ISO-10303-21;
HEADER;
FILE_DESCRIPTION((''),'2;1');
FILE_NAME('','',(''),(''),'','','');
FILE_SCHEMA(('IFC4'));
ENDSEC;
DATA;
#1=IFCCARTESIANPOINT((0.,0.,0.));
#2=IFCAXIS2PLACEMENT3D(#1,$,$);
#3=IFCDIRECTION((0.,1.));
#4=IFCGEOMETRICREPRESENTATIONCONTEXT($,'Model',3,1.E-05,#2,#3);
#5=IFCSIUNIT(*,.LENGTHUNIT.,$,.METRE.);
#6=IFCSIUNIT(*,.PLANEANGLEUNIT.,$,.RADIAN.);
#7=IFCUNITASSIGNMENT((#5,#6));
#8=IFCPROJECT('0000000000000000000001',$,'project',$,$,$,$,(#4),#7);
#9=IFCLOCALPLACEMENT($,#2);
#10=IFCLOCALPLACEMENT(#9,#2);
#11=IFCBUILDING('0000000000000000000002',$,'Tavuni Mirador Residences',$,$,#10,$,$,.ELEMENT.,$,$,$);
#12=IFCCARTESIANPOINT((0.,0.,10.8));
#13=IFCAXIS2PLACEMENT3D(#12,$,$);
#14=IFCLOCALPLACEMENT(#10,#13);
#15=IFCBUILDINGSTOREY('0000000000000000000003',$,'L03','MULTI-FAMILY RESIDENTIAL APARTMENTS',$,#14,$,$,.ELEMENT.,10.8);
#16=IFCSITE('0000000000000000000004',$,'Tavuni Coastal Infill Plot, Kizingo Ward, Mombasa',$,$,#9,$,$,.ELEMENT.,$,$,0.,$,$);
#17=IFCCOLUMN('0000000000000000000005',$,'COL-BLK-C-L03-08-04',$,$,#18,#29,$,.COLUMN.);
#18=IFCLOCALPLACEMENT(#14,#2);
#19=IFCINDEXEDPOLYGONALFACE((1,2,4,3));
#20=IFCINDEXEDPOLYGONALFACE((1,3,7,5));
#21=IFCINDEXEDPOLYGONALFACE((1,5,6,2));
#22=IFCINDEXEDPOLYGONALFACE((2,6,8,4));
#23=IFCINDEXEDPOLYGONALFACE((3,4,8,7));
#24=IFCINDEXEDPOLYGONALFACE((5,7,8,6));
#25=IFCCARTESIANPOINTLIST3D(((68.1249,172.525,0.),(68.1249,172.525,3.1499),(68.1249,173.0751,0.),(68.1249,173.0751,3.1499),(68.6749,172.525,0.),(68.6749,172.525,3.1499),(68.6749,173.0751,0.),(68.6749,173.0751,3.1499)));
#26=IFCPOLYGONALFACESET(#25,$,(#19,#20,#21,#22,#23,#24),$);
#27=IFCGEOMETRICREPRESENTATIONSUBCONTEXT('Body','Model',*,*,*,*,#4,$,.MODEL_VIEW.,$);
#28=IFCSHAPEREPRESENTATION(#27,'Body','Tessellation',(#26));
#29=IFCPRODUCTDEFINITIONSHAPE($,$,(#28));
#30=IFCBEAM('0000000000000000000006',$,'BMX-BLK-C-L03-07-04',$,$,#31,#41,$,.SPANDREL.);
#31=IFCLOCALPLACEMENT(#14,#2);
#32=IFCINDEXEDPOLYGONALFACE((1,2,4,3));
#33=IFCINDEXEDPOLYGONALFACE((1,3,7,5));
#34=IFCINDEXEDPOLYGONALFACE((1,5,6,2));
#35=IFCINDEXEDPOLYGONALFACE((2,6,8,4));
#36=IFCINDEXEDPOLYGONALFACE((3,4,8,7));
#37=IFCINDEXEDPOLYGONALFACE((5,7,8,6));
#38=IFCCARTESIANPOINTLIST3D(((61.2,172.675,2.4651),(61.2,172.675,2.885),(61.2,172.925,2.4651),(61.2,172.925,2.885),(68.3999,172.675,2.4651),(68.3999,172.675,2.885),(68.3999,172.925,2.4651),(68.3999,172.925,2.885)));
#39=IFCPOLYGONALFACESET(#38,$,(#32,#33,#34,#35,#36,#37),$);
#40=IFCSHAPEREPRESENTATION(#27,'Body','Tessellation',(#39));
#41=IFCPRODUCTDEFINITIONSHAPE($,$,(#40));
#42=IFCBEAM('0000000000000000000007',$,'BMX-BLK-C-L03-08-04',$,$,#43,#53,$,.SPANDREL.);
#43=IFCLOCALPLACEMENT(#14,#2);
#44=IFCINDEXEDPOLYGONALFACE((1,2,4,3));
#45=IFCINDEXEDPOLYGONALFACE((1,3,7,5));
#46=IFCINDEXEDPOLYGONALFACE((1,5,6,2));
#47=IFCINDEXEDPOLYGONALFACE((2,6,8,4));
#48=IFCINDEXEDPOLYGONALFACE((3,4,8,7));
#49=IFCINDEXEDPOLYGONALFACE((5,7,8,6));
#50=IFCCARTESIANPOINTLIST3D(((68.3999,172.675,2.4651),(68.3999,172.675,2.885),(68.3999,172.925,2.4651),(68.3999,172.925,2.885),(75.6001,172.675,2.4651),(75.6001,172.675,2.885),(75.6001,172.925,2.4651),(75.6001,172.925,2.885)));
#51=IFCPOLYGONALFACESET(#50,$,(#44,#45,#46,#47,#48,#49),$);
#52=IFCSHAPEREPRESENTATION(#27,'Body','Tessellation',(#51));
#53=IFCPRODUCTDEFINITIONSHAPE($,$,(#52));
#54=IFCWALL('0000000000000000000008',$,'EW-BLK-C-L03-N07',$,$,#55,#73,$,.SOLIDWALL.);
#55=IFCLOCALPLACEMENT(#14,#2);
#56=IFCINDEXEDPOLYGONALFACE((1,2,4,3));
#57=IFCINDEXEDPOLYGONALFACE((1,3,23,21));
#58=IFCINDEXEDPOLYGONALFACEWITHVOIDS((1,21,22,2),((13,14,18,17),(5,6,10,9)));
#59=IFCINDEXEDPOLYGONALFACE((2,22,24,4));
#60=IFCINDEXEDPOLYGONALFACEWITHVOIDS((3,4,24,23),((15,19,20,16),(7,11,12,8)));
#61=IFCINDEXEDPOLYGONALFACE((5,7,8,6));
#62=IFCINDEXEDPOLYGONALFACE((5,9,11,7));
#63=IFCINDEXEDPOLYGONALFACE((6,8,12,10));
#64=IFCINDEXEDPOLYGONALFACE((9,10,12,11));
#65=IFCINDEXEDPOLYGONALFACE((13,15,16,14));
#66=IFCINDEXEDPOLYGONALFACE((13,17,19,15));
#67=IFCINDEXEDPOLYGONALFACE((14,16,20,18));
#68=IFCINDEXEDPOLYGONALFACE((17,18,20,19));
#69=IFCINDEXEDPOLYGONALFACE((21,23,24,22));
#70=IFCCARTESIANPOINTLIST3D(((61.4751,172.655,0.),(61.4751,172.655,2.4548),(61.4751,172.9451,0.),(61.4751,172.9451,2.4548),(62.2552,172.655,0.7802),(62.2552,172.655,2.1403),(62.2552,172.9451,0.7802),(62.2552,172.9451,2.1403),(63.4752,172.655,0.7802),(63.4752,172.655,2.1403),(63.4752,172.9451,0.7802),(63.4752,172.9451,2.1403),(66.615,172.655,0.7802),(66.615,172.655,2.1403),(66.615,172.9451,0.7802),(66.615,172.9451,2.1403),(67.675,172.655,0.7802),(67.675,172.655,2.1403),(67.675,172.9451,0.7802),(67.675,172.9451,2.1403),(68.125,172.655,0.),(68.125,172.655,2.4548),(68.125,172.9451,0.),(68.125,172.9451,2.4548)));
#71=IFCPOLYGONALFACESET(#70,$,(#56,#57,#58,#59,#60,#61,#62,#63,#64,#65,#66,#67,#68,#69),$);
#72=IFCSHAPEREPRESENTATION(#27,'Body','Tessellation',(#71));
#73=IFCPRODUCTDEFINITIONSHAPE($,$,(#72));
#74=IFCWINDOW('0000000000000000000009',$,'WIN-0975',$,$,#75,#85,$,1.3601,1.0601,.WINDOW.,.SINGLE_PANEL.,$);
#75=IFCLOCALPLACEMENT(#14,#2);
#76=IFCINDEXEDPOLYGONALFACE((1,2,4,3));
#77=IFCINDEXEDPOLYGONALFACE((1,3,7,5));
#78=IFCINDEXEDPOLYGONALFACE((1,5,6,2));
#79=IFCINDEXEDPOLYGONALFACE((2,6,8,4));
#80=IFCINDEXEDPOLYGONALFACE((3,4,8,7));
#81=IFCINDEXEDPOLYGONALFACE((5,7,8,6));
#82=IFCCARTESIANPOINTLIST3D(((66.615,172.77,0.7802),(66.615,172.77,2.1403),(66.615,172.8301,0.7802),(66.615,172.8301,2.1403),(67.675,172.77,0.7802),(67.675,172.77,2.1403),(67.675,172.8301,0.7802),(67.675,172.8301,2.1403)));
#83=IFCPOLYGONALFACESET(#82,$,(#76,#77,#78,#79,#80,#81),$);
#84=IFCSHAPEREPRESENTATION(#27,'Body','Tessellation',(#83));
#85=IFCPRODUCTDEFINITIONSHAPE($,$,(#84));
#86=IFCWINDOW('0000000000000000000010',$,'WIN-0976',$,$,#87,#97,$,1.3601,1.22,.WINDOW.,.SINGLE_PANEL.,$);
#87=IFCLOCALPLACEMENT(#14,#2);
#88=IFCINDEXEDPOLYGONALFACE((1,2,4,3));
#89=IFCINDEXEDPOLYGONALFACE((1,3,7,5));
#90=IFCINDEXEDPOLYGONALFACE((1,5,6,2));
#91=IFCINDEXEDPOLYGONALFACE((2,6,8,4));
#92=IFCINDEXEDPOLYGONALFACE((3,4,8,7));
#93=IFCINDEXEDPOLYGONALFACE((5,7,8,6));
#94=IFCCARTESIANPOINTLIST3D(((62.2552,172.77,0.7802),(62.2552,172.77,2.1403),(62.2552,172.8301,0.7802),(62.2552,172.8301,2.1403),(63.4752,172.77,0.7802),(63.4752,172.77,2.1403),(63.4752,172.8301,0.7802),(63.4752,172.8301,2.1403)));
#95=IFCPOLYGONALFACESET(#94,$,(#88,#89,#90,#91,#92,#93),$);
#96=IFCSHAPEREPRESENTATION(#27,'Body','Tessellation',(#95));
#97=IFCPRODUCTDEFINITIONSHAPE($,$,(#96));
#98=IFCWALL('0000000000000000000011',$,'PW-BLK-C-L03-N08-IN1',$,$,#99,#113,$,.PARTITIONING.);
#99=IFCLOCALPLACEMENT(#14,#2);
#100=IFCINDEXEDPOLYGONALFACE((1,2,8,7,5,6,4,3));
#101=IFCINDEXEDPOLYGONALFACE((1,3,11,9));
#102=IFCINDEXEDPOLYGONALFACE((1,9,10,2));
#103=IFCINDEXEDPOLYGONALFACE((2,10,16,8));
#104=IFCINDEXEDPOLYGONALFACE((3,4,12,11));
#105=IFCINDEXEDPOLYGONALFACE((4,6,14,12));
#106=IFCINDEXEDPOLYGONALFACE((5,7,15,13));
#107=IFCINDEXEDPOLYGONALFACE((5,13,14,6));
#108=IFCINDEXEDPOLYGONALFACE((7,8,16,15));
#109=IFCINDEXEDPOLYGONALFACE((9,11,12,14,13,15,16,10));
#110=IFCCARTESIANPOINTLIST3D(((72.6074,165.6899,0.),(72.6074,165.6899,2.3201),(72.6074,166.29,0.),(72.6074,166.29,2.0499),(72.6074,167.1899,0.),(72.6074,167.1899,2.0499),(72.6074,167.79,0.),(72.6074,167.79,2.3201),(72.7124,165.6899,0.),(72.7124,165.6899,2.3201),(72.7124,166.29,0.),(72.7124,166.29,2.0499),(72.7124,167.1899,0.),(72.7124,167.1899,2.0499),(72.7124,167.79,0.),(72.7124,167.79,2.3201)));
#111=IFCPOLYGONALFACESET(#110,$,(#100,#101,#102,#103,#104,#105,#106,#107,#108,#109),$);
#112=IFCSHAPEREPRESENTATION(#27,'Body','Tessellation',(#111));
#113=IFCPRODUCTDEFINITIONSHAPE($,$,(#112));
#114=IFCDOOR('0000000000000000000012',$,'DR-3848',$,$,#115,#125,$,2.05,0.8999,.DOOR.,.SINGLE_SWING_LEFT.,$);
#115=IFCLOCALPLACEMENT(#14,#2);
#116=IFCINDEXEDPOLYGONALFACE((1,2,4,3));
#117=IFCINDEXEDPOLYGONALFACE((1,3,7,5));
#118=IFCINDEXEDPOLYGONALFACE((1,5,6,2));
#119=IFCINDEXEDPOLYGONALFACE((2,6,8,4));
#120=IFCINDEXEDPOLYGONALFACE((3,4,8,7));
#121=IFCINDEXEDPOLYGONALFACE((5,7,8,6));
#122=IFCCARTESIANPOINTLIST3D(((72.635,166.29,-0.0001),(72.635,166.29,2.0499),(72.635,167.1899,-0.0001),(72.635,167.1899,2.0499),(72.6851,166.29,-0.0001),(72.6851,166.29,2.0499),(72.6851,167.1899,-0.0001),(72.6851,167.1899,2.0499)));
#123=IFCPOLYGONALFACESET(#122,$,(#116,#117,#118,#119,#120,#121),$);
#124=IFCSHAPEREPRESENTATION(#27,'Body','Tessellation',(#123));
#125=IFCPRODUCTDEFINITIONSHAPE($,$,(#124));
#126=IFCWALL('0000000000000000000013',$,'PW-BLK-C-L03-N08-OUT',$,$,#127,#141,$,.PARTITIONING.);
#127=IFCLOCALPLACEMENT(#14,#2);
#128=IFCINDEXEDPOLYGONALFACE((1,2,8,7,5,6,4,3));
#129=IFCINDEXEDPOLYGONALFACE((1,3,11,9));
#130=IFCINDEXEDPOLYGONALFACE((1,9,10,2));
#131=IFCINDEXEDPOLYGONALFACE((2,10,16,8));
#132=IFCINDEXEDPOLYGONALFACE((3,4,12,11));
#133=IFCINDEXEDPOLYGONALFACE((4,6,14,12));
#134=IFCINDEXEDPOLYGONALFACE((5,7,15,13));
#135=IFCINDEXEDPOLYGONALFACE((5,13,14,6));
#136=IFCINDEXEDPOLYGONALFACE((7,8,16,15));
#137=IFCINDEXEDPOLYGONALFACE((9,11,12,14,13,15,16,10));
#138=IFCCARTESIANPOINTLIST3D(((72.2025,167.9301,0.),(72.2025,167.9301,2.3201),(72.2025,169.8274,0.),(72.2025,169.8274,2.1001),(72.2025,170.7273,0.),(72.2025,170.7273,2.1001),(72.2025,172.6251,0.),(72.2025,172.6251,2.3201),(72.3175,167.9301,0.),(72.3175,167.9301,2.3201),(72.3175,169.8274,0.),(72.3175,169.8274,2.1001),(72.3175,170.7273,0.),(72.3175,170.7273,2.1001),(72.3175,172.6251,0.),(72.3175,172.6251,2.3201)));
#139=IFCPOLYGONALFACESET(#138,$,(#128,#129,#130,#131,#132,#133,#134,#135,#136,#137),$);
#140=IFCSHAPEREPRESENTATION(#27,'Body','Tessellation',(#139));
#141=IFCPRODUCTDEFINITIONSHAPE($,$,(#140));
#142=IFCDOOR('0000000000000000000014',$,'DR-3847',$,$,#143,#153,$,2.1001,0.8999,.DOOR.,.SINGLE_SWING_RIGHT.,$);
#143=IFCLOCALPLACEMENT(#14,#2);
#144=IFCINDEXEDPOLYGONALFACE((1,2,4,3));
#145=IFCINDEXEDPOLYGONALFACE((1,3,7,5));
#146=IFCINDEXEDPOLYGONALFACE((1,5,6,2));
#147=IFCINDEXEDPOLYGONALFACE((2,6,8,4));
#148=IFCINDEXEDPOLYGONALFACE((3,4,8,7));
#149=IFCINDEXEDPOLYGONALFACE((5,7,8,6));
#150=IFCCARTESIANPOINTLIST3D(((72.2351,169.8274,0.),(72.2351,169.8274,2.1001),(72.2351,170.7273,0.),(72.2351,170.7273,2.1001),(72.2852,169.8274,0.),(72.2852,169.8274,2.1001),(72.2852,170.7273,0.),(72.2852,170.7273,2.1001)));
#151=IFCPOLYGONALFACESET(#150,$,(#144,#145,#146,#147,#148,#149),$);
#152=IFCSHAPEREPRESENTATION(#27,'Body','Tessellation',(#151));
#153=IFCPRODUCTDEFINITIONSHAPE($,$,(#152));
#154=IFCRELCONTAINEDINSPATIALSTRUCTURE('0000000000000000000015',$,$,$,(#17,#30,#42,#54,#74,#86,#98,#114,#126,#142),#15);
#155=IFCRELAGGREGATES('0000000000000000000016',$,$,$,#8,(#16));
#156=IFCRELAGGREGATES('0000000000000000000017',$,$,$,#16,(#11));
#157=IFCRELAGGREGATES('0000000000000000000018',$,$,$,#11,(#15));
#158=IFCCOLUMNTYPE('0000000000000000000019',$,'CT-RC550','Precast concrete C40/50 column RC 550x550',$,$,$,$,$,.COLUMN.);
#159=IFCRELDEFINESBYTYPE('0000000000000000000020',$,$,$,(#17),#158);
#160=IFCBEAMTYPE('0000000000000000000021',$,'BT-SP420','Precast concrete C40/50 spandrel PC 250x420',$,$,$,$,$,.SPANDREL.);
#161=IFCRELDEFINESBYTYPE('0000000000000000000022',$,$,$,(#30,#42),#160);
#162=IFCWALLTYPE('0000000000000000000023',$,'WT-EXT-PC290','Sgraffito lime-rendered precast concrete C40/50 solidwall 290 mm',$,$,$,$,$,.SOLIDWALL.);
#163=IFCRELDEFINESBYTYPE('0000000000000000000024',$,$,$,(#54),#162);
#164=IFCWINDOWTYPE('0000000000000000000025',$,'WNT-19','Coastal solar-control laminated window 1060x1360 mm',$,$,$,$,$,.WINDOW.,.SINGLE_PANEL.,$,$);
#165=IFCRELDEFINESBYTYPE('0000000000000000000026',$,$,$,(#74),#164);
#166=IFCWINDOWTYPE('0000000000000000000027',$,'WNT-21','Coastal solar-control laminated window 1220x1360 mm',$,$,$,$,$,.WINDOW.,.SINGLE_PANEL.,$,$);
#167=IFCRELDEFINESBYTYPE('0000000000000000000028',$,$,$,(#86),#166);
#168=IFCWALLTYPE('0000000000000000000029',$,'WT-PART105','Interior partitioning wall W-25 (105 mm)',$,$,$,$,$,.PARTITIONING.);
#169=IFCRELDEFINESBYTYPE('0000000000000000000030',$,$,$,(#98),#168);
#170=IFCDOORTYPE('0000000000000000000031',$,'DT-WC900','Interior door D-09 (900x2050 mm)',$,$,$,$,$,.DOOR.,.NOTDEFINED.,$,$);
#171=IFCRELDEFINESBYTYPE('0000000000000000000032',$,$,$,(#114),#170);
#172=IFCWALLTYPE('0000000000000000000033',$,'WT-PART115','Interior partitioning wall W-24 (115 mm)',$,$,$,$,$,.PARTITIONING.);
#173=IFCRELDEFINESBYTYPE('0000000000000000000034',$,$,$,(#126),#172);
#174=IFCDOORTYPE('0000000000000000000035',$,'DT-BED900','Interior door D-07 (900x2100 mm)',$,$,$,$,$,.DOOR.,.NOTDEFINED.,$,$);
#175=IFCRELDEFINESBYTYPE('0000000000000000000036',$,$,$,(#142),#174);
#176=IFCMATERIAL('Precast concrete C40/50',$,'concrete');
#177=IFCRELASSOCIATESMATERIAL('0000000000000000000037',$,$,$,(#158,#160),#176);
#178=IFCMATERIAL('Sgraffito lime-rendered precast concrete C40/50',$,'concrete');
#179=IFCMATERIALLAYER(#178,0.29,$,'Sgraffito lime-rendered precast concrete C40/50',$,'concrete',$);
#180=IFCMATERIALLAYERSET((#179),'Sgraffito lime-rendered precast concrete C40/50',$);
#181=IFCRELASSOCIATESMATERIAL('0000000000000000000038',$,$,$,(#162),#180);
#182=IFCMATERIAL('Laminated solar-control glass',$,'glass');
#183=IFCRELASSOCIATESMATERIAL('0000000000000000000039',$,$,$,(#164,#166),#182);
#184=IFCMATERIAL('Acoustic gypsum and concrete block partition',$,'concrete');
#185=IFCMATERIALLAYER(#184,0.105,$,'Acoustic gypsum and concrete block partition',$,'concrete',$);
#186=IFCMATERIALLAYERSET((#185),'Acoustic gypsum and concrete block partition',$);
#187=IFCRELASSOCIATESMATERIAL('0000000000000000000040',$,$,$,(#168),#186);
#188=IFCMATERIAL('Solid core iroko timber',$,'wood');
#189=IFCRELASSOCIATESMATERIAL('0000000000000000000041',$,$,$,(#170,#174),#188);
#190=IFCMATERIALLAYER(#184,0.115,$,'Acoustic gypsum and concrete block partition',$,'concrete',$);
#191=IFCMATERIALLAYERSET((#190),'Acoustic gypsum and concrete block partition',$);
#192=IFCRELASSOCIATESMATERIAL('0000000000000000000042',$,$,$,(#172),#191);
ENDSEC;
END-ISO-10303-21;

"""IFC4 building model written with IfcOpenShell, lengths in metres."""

from ifc_helpers import new_model, si_unit, direction, frame, frame_2d, origin, origin_2d, place, context, subcontext, project, spatial, rectangle, extrude, material, layer, layer_set, material_profile, profile_set, type_object, element, fill, save


model = new_model("IFC4")

# Units and contexts
model_context = context("Model", 3, precision=1e-05, world=origin(), true_north=direction((0.0, 1.0)))
body_context = subcontext(model_context, "Body", "Model", "MODEL_VIEW")
ifc_project = project(units=[si_unit("LENGTHUNIT", "METRE"), si_unit("PLANEANGLEUNIT", "RADIAN")], contexts=[model_context])

# Site, building, storey
site_placement = place(None, origin())
site = spatial("IfcSite", under=ifc_project, at=site_placement, Name="Tavuni Coastal Infill Plot, Kizingo Ward, Mombasa", CompositionType="ELEMENT", RefElevation=0.0)
building_placement = place(site_placement, origin())
building = spatial("IfcBuilding", under=site, at=building_placement, Name="Tavuni Mirador Residences", CompositionType="ELEMENT")
storey_placement = place(building_placement, frame((0.0, 0.0, 10.8)))
storey = spatial("IfcBuildingStorey", under=building, at=storey_placement, Name="L03", Description="MULTI-FAMILY RESIDENTIAL APARTMENTS", CompositionType="ELEMENT", Elevation=10.8)

# Column
ifc_material_1 = material(Name="Precast concrete C40/50", Category="concrete")
ifc_material_profile_1 = material_profile(ifc_material_1, rectangle(XDim=0.55, YDim=0.55, at=origin_2d()), Name="RC 550x550", Category="concrete")
ifc_profile_set_1 = profile_set([ifc_material_profile_1], Name="Precast concrete C40/50")
column_type = type_object("IfcColumnType", Name="CT-RC550", Description="Precast concrete C40/50 column RC 550x550", PredefinedType="COLUMN", material=ifc_profile_set_1)
column_placement = place(storey_placement, frame((68.3999, 172.8, 0.0), z_axis=(0.0, 0.0, 1.0), x_axis=(1.0, 0.0, 0.0)))
element("IfcColumn", 1, at=column_placement, inside=storey, type_object=column_type, Name="COL-BLK-C-L03-08-04", PredefinedType="COLUMN", context=body_context, shape_type="SweptSolid", body=[
    extrude(rectangle(XDim=0.55, YDim=0.55, at=origin_2d()), origin(), (0.0, 0.0, 1.0), 3.1499),
])

# Beams
ifc_material_profile_2 = material_profile(ifc_material_1, rectangle(XDim=0.25, YDim=0.4199, at=origin_2d()), Name="PC 250x420", Category="concrete")
ifc_profile_set_2 = profile_set([ifc_material_profile_2], Name="Precast concrete C40/50")
beam_type = type_object("IfcBeamType", Name="BT-SP420", Description="Precast concrete C40/50 spandrel PC 250x420", PredefinedType="SPANDREL", material=ifc_profile_set_2)
beam_1_placement = place(storey_placement, frame((61.2, 172.8, 2.675), z_axis=(1.0, 0.0, 0.0), x_axis=(0.0, 1.0, 0.0)))
element("IfcBeam", 2, at=beam_1_placement, inside=storey, type_object=beam_type, Name="BMX-BLK-C-L03-07-04", PredefinedType="SPANDREL", context=body_context, shape_type="SweptSolid", body=[
    extrude(rectangle(XDim=0.25, YDim=0.4199, at=origin_2d()), origin(), (0.0, 0.0, 1.0), 7.2),
])
beam_2_placement = place(storey_placement, frame((68.3999, 172.8, 2.675), z_axis=(1.0, 0.0, 0.0), x_axis=(0.0, 1.0, 0.0)))
element("IfcBeam", 3, at=beam_2_placement, inside=storey, type_object=beam_type, Name="BMX-BLK-C-L03-08-04", PredefinedType="SPANDREL", context=body_context, shape_type="SweptSolid", body=[
    extrude(rectangle(XDim=0.25, YDim=0.4199, at=origin_2d()), origin(), (0.0, 0.0, 1.0), 7.2002),
])

# Wall, openings, windows
ifc_material_2 = material(Name="Sgraffito lime-rendered precast concrete C40/50", Category="concrete")
ifc_layer_1 = layer(ifc_material_2, 0.29, Name="Sgraffito lime-rendered precast concrete C40/50", Category="concrete")
ifc_layer_set_1 = layer_set([ifc_layer_1], Name="Sgraffito lime-rendered precast concrete C40/50")
wall_type_1 = type_object("IfcWallType", Name="WT-EXT-PC290", Description="Sgraffito lime-rendered precast concrete C40/50 solidwall 290 mm", PredefinedType="SOLIDWALL", material=ifc_layer_set_1)
wall_1_placement = place(storey_placement, frame((68.125, 172.8, 0.0), z_axis=(0.0, 0.0, 1.0), x_axis=(-1.0, 0.0, 0.0)))
wall_1 = element("IfcWall", 4, at=wall_1_placement, inside=storey, type_object=wall_type_1, Name="EW-BLK-C-L03-N07", PredefinedType="SOLIDWALL", context=body_context, shape_type="SweptSolid", body=[
    extrude(rectangle(XDim=6.6499, YDim=0.29, at=frame_2d((3.325, 0.0))), origin(), (0.0, 0.0, 1.0), 2.4548),
])
opening_1_placement = place(wall_1_placement, frame((0.45, 0.0, 0.78)))
opening_1 = element("IfcOpeningElement", 5, at=opening_1_placement, cuts=wall_1, PredefinedType="OPENING", context=body_context, shape_type="SweptSolid", body=[
    extrude(rectangle(XDim=1.0601, YDim=1.3601, at=frame_2d((0.53, 0.6802))), frame((0.0, 0.155, 0.0), z_axis=(0.0, -1.0, 0.0), x_axis=(1.0, 0.0, 0.0)), (0.0, 0.0, 1.0), 0.3101),
])
opening_2_placement = place(wall_1_placement, frame((4.6499, 0.0, 0.78)))
opening_2 = element("IfcOpeningElement", 6, at=opening_2_placement, cuts=wall_1, PredefinedType="OPENING", context=body_context, shape_type="SweptSolid", body=[
    extrude(rectangle(XDim=1.22, YDim=1.3601, at=frame_2d((0.6099, 0.6802))), frame((0.0, 0.155, 0.0), z_axis=(0.0, -1.0, 0.0), x_axis=(1.0, 0.0, 0.0)), (0.0, 0.0, 1.0), 0.3101),
])
ifc_material_3 = material(Name="Laminated solar-control glass", Category="glass")
window_type_1 = type_object("IfcWindowType", Name="WNT-19", Description="Coastal solar-control laminated window 1060x1360 mm", PartitioningType="SINGLE_PANEL", PredefinedType="WINDOW", material=ifc_material_3)
window_1_placement = place(opening_1_placement, origin())
window_1 = element("IfcWindow", 7, at=window_1_placement, inside=storey, type_object=window_type_1, Name="WIN-0975", OverallHeight=1.3601, OverallWidth=1.0601, PartitioningType="SINGLE_PANEL", PredefinedType="WINDOW", context=body_context, shape_type="SweptSolid", body=[
    extrude(rectangle(XDim=1.0601, YDim=1.3601, at=frame_2d((0.53, 0.6802))), frame((0.0, 0.03, 0.0), z_axis=(0.0, -1.0, 0.0), x_axis=(1.0, 0.0, 0.0)), (0.0, 0.0, 1.0), 0.0601),
])
fill(opening_1, window_1)
window_type_2 = type_object("IfcWindowType", Name="WNT-21", Description="Coastal solar-control laminated window 1220x1360 mm", PartitioningType="SINGLE_PANEL", PredefinedType="WINDOW", material=ifc_material_3)
window_2_placement = place(opening_2_placement, origin())
window_2 = element("IfcWindow", 8, at=window_2_placement, inside=storey, type_object=window_type_2, Name="WIN-0976", OverallHeight=1.3601, OverallWidth=1.22, PartitioningType="SINGLE_PANEL", PredefinedType="WINDOW", context=body_context, shape_type="SweptSolid", body=[
    extrude(rectangle(XDim=1.22, YDim=1.3601, at=frame_2d((0.6099, 0.6802))), frame((0.0, 0.03, 0.0), z_axis=(0.0, -1.0, 0.0), x_axis=(1.0, 0.0, 0.0)), (0.0, 0.0, 1.0), 0.0601),
])
fill(opening_2, window_2)

# Walls, openings, doors
ifc_material_4 = material(Name="Acoustic gypsum and concrete block partition", Category="concrete")
ifc_layer_2 = layer(ifc_material_4, 0.105, Name="Acoustic gypsum and concrete block partition", Category="concrete")
ifc_layer_set_2 = layer_set([ifc_layer_2], Name="Acoustic gypsum and concrete block partition")
wall_type_2 = type_object("IfcWallType", Name="WT-PART105", Description="Interior partitioning wall W-25 (105 mm)", PredefinedType="PARTITIONING", material=ifc_layer_set_2)
wall_2_placement = place(storey_placement, frame((72.6599, 165.6899, 0.0), z_axis=(0.0, 0.0, 1.0), x_axis=(0.0, 1.0, 0.0)))
wall_2 = element("IfcWall", 9, at=wall_2_placement, inside=storey, type_object=wall_type_2, Name="PW-BLK-C-L03-N08-IN1", PredefinedType="PARTITIONING", context=body_context, shape_type="SweptSolid", body=[
    extrude(rectangle(XDim=2.1001, YDim=0.105, at=frame_2d((1.05, 0.0))), origin(), (0.0, 0.0, 1.0), 2.3201),
])
opening_3_placement = place(wall_2_placement, frame((0.6001, 0.0, 0.0)))
opening_3 = element("IfcOpeningElement", 10, at=opening_3_placement, cuts=wall_2, PredefinedType="OPENING", context=body_context, shape_type="SweptSolid", body=[
    extrude(rectangle(XDim=0.8999, YDim=2.05, at=frame_2d((0.45, 1.0249))), frame((0.0, 0.0625, 0.0), z_axis=(0.0, -1.0, 0.0), x_axis=(1.0, 0.0, 0.0)), (0.0, 0.0, 1.0), 0.125),
])
ifc_material_5 = material(Name="Solid core iroko timber", Category="wood")
door_type_1 = type_object("IfcDoorType", Name="DT-WC900", Description="Interior door D-09 (900x2050 mm)", OperationType="NOTDEFINED", PredefinedType="DOOR", material=ifc_material_5)
door_1_placement = place(opening_3_placement, origin())
door_1 = element("IfcDoor", 11, at=door_1_placement, inside=storey, type_object=door_type_1, Name="DR-3848", OperationType="SINGLE_SWING_LEFT", OverallHeight=2.05, OverallWidth=0.8999, PredefinedType="DOOR", context=body_context, shape_type="SweptSolid", body=[
    extrude(rectangle(XDim=0.8999, YDim=2.05, at=frame_2d((0.45, 1.0249))), frame((0.0, 0.0249, 0.0), z_axis=(0.0, -1.0, 0.0), x_axis=(1.0, 0.0, 0.0)), (0.0, 0.0, 1.0), 0.05),
])
fill(opening_3, door_1)
ifc_layer_3 = layer(ifc_material_4, 0.115, Name="Acoustic gypsum and concrete block partition", Category="concrete")
ifc_layer_set_3 = layer_set([ifc_layer_3], Name="Acoustic gypsum and concrete block partition")
wall_type_3 = type_object("IfcWallType", Name="WT-PART115", Description="Interior partitioning wall W-24 (115 mm)", PredefinedType="PARTITIONING", material=ifc_layer_set_3)
wall_3_placement = place(storey_placement, frame((72.26, 167.9299, 0.0), z_axis=(0.0, 0.0, 1.0), x_axis=(0.0, 1.0, 0.0)))
wall_3 = element("IfcWall", 12, at=wall_3_placement, inside=storey, type_object=wall_type_3, Name="PW-BLK-C-L03-N08-OUT", PredefinedType="PARTITIONING", context=body_context, shape_type="SweptSolid", body=[
    extrude(rectangle(XDim=4.6951, YDim=0.115, at=frame_2d((2.3477, 0.0))), origin(), (0.0, 0.0, 1.0), 2.3201),
])
opening_4_placement = place(wall_3_placement, frame((1.8975, 0.0, 0.0)))
opening_4 = element("IfcOpeningElement", 13, at=opening_4_placement, cuts=wall_3, PredefinedType="OPENING", context=body_context, shape_type="SweptSolid", body=[
    extrude(rectangle(XDim=0.8999, YDim=2.1001, at=frame_2d((0.45, 1.05))), frame((0.0, 0.0674, 0.0), z_axis=(0.0, -1.0, 0.0), x_axis=(1.0, 0.0, 0.0)), (0.0, 0.0, 1.0), 0.135),
])
door_type_2 = type_object("IfcDoorType", Name="DT-BED900", Description="Interior door D-07 (900x2100 mm)", OperationType="NOTDEFINED", PredefinedType="DOOR", material=ifc_material_5)
door_2_placement = place(opening_4_placement, origin())
door_2 = element("IfcDoor", 14, at=door_2_placement, inside=storey, type_object=door_type_2, Name="DR-3847", OperationType="SINGLE_SWING_RIGHT", OverallHeight=2.1001, OverallWidth=0.8999, PredefinedType="DOOR", context=body_context, shape_type="SweptSolid", body=[
    extrude(rectangle(XDim=0.8999, YDim=2.1001, at=frame_2d((0.45, 1.05))), frame((0.0, 0.0249, 0.0), z_axis=(0.0, -1.0, 0.0), x_axis=(1.0, 0.0, 0.0)), (0.0, 0.0, 1.0), 0.05),
])
fill(opening_4, door_2)

save(model, "model.ifc")
